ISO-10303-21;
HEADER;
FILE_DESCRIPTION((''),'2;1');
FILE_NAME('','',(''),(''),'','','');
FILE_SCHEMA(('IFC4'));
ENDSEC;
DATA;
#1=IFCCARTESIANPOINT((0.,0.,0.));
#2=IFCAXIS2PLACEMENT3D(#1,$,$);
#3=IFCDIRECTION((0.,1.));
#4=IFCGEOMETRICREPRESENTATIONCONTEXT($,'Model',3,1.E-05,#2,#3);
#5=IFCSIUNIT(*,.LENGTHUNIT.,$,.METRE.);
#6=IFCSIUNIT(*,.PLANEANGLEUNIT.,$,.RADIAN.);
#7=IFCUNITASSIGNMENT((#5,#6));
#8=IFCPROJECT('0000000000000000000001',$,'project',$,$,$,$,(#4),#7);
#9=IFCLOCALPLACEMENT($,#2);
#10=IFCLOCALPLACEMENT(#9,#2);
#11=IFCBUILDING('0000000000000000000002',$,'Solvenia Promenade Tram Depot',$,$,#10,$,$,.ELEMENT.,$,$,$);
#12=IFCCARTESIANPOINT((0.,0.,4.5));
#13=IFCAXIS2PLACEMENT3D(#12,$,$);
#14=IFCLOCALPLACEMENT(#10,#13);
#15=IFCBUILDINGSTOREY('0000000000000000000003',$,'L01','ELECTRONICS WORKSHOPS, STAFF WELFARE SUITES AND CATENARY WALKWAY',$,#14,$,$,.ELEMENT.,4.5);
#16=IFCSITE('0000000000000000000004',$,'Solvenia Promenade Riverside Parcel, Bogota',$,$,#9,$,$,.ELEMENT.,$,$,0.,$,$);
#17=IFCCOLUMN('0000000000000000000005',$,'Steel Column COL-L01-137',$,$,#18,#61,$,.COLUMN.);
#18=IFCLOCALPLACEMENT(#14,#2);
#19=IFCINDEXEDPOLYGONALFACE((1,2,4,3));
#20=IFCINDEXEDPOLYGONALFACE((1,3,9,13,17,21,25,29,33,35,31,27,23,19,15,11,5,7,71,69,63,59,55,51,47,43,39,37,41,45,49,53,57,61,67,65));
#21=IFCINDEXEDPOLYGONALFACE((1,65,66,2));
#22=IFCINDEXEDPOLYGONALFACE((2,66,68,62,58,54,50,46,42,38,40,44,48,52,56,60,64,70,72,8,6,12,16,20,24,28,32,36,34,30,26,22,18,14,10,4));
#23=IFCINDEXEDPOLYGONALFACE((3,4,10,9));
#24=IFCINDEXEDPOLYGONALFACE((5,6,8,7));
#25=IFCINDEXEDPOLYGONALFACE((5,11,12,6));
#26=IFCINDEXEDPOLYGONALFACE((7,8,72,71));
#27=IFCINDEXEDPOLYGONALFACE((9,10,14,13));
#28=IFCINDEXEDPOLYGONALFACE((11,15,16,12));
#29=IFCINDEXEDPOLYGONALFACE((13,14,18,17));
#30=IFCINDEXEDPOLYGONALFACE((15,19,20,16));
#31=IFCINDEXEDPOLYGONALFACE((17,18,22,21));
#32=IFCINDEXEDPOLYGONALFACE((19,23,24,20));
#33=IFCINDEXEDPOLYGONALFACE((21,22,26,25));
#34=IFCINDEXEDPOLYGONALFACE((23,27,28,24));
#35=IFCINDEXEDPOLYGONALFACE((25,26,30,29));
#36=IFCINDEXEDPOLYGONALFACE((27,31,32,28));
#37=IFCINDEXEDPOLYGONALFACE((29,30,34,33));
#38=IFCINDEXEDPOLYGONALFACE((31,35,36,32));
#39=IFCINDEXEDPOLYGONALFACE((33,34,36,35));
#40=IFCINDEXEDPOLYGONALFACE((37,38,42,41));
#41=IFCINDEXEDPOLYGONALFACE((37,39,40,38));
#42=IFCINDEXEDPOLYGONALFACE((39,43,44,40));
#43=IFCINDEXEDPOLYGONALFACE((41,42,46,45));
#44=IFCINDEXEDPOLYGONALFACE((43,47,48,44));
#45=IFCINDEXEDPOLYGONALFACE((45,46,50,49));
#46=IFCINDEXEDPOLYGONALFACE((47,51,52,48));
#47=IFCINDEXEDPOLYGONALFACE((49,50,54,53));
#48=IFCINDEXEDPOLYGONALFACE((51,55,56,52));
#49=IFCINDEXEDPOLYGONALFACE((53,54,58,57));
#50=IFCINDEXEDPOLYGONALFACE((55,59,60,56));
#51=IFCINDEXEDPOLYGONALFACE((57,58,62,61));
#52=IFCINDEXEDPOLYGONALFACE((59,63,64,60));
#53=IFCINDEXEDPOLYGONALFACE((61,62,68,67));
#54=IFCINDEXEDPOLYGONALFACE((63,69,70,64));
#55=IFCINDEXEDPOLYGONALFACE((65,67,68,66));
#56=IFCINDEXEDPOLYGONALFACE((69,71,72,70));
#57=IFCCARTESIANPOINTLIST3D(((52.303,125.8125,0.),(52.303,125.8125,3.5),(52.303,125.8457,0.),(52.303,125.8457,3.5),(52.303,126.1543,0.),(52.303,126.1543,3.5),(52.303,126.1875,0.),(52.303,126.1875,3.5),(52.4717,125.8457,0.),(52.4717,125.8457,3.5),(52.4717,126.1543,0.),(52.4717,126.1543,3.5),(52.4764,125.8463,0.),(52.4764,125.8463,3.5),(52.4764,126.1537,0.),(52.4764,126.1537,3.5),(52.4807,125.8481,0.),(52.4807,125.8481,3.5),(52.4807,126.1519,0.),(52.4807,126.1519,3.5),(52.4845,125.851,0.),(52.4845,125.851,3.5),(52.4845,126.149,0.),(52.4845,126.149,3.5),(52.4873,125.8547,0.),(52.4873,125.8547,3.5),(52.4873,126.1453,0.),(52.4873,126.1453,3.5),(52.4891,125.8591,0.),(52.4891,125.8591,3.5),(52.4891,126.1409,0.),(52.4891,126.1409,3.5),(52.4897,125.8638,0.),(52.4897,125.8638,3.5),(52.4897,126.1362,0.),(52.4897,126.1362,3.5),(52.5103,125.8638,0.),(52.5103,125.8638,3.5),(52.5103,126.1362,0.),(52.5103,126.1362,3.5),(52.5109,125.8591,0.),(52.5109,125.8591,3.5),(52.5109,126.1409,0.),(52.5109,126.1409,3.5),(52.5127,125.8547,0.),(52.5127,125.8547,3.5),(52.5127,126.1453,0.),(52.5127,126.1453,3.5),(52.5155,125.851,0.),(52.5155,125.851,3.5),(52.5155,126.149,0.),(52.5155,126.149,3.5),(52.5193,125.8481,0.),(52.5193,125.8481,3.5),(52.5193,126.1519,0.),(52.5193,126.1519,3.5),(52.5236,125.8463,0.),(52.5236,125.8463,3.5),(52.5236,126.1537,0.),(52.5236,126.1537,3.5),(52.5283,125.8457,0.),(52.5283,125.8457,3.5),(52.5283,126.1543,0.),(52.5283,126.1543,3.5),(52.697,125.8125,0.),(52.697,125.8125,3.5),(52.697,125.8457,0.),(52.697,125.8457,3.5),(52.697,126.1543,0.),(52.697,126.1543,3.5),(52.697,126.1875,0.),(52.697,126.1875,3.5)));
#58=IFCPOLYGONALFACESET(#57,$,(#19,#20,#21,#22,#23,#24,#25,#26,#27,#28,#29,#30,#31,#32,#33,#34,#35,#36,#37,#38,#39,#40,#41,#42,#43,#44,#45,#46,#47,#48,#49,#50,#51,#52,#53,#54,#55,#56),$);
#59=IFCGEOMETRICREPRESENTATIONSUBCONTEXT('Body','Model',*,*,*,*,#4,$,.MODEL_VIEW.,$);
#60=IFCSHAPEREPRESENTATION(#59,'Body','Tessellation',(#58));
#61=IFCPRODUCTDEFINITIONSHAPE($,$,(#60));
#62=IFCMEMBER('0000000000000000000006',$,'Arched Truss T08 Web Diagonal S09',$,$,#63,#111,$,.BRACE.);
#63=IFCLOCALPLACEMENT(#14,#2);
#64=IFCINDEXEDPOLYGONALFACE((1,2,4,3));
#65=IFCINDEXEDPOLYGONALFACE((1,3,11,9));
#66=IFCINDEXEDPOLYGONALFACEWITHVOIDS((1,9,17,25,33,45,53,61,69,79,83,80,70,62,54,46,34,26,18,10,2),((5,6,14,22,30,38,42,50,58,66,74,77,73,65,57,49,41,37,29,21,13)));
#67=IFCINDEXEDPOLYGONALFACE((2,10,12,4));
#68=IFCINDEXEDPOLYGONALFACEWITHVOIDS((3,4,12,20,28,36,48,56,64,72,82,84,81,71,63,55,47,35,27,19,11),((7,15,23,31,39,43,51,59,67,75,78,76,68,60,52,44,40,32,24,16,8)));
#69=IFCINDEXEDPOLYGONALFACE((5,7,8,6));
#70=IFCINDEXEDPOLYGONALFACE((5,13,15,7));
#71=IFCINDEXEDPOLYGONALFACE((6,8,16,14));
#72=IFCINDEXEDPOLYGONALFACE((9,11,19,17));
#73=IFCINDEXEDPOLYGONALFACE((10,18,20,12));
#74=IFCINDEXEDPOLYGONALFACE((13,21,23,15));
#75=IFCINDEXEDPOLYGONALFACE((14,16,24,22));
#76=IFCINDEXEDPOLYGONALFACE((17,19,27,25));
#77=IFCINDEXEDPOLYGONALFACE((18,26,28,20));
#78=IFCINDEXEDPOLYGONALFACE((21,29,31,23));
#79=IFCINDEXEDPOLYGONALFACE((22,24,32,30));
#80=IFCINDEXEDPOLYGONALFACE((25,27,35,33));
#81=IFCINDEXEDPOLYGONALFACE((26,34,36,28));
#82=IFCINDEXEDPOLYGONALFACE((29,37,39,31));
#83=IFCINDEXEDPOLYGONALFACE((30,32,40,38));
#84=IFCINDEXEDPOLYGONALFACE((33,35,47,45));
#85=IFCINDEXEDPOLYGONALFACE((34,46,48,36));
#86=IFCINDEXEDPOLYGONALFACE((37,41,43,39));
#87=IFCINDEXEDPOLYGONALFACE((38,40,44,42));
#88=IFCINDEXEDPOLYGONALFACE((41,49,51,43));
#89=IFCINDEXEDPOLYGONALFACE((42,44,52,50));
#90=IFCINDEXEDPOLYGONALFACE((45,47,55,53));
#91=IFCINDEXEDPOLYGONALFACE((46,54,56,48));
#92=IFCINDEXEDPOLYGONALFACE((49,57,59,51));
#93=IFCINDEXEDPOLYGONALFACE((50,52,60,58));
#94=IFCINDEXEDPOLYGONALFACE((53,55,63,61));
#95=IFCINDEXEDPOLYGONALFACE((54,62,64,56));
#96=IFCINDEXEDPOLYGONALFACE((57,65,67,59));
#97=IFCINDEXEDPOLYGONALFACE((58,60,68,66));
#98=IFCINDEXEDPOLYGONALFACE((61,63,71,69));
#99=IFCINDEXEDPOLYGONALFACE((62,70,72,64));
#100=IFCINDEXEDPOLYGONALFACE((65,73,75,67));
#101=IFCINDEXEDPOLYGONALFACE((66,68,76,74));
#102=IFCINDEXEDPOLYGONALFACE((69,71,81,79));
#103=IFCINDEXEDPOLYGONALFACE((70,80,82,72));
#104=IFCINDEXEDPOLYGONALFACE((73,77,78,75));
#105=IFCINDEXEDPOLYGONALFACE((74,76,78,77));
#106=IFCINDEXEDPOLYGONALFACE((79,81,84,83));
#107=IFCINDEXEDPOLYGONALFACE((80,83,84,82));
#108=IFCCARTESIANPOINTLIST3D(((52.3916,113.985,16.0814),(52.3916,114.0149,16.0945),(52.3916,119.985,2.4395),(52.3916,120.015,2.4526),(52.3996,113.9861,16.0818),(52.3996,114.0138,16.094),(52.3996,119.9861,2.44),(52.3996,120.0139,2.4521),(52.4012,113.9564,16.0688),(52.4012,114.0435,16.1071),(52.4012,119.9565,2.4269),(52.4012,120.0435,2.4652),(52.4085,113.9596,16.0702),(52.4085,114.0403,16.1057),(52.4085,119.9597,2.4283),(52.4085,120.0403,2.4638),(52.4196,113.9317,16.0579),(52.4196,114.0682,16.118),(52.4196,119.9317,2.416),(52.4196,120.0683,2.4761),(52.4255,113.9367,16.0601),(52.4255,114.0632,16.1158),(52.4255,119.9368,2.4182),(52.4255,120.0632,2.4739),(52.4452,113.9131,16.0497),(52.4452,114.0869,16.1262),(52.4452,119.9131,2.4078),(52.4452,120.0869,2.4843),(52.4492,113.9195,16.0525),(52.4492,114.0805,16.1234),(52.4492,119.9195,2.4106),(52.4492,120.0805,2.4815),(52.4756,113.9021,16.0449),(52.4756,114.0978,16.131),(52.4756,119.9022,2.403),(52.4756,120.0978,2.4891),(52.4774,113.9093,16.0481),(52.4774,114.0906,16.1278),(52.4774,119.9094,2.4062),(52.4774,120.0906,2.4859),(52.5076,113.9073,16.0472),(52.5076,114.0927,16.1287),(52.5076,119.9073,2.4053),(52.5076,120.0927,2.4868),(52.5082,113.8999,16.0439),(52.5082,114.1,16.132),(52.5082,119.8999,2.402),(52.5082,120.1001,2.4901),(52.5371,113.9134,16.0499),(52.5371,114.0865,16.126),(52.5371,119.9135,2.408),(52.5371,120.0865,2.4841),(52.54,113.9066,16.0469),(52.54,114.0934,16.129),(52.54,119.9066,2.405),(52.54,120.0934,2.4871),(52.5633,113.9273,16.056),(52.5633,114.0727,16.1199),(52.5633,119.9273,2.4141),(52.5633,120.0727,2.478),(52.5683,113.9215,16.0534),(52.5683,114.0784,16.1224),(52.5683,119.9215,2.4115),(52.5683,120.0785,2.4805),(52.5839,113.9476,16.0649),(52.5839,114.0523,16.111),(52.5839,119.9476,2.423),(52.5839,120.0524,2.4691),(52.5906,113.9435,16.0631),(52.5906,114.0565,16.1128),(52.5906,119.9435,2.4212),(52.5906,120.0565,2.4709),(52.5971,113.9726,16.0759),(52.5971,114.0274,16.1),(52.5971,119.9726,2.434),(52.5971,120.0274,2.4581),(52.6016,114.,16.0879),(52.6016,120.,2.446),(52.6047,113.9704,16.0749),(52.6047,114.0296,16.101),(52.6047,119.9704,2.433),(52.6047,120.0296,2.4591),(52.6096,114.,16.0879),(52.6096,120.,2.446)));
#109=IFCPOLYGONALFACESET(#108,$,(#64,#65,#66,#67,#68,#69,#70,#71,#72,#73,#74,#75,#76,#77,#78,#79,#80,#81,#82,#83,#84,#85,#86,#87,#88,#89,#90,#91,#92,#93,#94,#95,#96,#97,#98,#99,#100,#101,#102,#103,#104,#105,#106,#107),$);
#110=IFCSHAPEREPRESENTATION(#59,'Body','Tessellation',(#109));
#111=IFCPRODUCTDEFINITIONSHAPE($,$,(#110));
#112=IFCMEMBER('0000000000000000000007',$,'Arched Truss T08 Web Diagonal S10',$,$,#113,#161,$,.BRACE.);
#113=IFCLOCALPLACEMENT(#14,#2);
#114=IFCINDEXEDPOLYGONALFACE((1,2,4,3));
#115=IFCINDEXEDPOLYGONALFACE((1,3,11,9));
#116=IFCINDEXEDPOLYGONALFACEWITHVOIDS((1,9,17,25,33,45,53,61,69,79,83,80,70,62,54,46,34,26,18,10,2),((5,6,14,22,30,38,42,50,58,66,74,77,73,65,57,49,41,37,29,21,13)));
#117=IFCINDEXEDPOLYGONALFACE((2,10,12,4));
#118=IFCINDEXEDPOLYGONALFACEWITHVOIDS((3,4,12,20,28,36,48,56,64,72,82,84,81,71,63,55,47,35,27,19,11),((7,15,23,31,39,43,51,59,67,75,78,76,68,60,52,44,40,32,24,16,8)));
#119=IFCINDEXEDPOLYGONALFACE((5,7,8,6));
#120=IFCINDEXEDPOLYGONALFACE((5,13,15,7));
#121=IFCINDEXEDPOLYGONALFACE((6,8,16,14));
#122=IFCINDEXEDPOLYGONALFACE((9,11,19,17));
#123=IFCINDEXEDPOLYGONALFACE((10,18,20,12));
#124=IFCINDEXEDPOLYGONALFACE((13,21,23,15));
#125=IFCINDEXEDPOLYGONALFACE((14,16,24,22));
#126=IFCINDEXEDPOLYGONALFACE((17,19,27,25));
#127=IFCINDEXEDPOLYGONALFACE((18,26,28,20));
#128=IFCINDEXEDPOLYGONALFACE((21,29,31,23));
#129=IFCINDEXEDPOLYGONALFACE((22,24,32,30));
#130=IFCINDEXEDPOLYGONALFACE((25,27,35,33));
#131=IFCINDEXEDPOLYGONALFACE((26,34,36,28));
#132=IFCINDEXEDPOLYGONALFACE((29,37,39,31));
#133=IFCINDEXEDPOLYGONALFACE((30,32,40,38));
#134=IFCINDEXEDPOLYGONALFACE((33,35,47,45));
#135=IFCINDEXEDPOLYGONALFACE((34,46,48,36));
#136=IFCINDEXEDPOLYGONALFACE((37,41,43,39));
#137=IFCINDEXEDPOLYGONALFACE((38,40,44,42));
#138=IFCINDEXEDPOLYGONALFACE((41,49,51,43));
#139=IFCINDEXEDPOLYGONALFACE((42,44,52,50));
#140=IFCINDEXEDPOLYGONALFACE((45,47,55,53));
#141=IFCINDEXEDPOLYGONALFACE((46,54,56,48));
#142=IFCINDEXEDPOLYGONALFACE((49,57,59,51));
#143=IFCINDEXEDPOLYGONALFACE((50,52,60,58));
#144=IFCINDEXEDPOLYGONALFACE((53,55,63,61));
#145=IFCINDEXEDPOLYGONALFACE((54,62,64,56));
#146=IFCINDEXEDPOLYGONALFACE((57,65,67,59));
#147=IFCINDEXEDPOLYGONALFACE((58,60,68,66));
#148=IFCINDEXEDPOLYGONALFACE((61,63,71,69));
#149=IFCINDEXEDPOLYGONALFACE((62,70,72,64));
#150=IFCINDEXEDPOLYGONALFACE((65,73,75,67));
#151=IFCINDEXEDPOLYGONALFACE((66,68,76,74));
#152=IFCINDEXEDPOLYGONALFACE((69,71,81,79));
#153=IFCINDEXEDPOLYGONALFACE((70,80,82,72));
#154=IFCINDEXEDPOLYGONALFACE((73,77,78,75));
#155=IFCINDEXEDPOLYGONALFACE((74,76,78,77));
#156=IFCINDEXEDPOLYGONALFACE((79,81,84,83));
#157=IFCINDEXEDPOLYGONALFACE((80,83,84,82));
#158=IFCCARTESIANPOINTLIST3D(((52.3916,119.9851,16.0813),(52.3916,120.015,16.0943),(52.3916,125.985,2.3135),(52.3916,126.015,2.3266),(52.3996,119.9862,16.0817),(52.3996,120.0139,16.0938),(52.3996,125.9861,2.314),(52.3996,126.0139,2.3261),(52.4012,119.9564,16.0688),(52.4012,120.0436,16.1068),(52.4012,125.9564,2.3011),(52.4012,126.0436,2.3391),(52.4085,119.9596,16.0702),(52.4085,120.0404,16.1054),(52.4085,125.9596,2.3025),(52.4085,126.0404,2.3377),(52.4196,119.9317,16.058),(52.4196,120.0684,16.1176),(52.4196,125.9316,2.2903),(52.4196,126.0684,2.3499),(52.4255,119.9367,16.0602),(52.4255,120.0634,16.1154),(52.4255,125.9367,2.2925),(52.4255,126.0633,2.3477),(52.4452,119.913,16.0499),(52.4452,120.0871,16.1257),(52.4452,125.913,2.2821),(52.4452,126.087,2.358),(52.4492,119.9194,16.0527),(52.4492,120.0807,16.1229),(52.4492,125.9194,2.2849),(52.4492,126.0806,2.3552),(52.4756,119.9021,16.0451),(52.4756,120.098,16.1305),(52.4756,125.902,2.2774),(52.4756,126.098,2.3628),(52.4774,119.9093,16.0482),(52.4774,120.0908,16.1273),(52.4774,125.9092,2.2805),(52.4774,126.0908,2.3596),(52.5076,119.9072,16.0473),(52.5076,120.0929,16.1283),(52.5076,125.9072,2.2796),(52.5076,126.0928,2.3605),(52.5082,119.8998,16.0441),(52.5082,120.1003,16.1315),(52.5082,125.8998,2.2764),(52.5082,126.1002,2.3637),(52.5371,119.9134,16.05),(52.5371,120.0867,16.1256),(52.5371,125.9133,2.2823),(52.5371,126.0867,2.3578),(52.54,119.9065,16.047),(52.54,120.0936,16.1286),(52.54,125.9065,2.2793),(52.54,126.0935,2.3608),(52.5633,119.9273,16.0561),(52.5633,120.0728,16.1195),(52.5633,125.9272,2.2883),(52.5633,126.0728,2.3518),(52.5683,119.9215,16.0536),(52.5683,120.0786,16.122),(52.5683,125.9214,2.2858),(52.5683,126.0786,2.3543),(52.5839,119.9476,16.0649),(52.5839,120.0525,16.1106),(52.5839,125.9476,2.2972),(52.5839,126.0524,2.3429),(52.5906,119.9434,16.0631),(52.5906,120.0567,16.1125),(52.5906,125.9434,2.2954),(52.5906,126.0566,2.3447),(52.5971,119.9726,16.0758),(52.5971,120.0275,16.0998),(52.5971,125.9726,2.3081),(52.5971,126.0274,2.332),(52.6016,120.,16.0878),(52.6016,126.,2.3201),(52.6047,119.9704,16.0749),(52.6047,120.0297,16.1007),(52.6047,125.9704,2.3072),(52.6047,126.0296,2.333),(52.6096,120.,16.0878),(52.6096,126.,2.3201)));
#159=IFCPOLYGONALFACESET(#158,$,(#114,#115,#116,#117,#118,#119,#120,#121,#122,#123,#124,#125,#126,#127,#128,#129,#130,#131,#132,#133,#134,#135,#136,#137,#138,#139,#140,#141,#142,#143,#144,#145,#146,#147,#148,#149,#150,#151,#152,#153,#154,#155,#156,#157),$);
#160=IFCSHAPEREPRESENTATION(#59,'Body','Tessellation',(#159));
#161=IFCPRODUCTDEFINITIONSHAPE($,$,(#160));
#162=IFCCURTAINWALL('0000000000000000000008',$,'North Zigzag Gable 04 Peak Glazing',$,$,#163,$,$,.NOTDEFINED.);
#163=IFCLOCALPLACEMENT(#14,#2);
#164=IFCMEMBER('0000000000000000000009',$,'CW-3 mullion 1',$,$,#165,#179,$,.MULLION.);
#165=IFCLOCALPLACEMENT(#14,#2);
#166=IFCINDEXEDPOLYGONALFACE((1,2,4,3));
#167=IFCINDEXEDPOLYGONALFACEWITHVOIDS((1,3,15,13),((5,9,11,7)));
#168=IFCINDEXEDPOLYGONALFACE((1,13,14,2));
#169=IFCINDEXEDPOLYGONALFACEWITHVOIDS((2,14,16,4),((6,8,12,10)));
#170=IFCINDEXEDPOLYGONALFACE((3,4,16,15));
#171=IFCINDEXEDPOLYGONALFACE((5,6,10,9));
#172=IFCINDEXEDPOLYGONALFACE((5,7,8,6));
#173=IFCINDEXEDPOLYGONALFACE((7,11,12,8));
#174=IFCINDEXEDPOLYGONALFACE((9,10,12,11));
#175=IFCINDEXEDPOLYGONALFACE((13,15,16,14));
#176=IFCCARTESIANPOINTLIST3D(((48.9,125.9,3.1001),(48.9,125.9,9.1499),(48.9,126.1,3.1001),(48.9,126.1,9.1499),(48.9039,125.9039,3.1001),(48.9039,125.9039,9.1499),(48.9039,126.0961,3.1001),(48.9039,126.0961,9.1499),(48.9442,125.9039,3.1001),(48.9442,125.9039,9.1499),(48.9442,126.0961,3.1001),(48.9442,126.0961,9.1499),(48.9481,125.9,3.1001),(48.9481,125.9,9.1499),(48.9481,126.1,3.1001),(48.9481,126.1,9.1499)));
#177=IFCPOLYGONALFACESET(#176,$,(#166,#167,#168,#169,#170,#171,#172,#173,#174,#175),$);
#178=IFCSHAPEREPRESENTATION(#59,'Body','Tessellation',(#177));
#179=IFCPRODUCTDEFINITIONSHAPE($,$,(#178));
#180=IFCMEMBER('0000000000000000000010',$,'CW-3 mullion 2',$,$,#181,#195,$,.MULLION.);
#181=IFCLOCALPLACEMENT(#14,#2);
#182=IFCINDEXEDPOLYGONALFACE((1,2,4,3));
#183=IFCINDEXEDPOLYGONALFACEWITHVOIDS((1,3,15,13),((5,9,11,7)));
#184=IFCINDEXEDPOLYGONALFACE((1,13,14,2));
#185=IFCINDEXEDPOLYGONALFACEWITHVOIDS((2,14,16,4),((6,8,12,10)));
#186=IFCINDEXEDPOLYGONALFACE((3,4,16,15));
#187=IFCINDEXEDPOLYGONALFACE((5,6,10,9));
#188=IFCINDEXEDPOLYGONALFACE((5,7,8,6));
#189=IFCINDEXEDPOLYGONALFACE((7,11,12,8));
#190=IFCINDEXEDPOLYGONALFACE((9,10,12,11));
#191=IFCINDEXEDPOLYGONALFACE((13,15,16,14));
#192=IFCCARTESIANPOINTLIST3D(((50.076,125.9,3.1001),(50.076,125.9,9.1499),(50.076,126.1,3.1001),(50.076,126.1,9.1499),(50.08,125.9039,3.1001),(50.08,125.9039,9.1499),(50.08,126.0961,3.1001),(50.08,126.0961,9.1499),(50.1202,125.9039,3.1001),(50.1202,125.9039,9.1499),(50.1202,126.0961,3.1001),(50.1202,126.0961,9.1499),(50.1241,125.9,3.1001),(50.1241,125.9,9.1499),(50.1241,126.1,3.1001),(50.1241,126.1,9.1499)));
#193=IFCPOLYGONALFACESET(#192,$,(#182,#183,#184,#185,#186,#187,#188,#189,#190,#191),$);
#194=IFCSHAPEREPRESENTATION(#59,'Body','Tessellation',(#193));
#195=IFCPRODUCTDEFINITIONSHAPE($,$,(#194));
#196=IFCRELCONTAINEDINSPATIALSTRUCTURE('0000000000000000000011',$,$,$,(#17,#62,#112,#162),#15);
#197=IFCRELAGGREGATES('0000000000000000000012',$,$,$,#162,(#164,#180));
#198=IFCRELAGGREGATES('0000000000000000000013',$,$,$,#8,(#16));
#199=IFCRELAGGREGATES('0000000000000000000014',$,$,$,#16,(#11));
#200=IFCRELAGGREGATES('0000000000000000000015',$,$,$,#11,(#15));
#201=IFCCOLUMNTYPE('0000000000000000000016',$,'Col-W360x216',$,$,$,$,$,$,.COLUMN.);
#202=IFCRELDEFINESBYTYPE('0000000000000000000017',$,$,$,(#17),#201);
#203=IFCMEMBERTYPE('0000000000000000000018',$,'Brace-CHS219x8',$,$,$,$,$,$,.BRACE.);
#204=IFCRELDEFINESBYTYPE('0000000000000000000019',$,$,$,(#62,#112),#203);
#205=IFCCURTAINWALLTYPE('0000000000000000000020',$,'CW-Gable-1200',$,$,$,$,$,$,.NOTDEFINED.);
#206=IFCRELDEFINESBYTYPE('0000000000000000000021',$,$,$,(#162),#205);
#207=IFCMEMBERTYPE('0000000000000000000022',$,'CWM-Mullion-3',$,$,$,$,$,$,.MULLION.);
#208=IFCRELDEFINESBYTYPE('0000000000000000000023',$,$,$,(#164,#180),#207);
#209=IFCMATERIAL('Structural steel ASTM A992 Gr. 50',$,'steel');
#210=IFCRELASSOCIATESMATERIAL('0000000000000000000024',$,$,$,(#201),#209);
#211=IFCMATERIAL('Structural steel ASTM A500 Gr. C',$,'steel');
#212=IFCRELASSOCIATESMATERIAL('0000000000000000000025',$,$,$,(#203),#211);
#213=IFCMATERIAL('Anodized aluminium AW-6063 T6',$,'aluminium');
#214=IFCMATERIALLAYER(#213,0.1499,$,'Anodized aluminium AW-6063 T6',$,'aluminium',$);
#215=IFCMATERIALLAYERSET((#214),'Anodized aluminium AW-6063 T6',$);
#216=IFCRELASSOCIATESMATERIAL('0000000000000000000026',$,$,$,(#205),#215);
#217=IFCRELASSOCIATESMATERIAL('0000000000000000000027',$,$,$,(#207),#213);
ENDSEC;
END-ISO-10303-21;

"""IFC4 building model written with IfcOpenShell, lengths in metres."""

from ifc_helpers import new_model, si_unit, direction, frame, origin, origin_2d, place, context, subcontext, project, spatial, hollow_rectangle, hollow_circle, i_section, extrude, material, layer, layer_set, material_profile, profile_set, type_object, element, aggregate, save


model = new_model("IFC4")

# Units and contexts
model_context = context("Model", 3, precision=1e-05, world=origin(), true_north=direction((0.0, 1.0)))
body_context = subcontext(model_context, "Body", "Model", "MODEL_VIEW")
ifc_project = project(units=[si_unit("LENGTHUNIT", "METRE"), si_unit("PLANEANGLEUNIT", "RADIAN")], contexts=[model_context])

# Site, building, storey
site_placement = place(None, origin())
site = spatial("IfcSite", under=ifc_project, at=site_placement, Name="Solvenia Promenade Riverside Parcel, Bogota", CompositionType="ELEMENT", RefElevation=0.0)
building_placement = place(site_placement, origin())
building = spatial("IfcBuilding", under=site, at=building_placement, Name="Solvenia Promenade Tram Depot", CompositionType="ELEMENT")
storey_placement = place(building_placement, frame((0.0, 0.0, 4.5)))
storey = spatial("IfcBuildingStorey", under=building, at=storey_placement, Name="L01", Description="ELECTRONICS WORKSHOPS, STAFF WELFARE SUITES AND CATENARY WALKWAY", CompositionType="ELEMENT", Elevation=4.5)

# Column
ifc_material_1 = material(Name="Structural steel ASTM A992 Gr. 50", Category="steel")
ifc_material_profile_1 = material_profile(ifc_material_1, i_section(OverallWidth=0.394, OverallDepth=0.375, WebThickness=0.0205, FlangeThickness=0.0332, FilletRadius=0.0181, at=origin_2d()), Name="W360x216", Category="steel")
ifc_profile_set_1 = profile_set([ifc_material_profile_1], Name="Structural steel ASTM A992 Gr. 50")
column_type = type_object("IfcColumnType", Name="Col-W360x216", PredefinedType="COLUMN", material=ifc_profile_set_1)
column_placement = place(storey_placement, frame((52.5, 126.0, 0.0), z_axis=(0.0, 0.0, 1.0), x_axis=(1.0, 0.0, 0.0)))
element("IfcColumn", 1, at=column_placement, inside=storey, type_object=column_type, Name="Steel Column COL-L01-137", PredefinedType="COLUMN", context=body_context, shape_type="SweptSolid", body=[
    extrude(i_section(OverallWidth=0.394, OverallDepth=0.375, WebThickness=0.0205, FlangeThickness=0.0332, FilletRadius=0.0181, at=origin_2d()), origin(), (0.0, 0.0, 1.0), 3.5),
])

# Members
ifc_material_2 = material(Name="Structural steel ASTM A500 Gr. C", Category="steel")
ifc_material_profile_2 = material_profile(ifc_material_2, hollow_circle(Radius=0.1096, WallThickness=0.0081, at=origin_2d()), Name="CHS219.1x8", Category="steel")
ifc_profile_set_2 = profile_set([ifc_material_profile_2], Name="Structural steel ASTM A500 Gr. C")
member_type_1 = type_object("IfcMemberType", Name="Brace-CHS219x8", PredefinedType="BRACE", material=ifc_profile_set_2)
member_1_placement = place(storey_placement, frame((52.5, 120.0, 2.446), z_axis=(0.0, -0.402603, 0.915375), x_axis=(1.0, 0.0, 0.0)))
element("IfcMember", 2, at=member_1_placement, inside=storey, type_object=member_type_1, Name="Arched Truss T08 Web Diagonal S09", PredefinedType="BRACE", context=body_context, shape_type="SweptSolid", body=[
    extrude(hollow_circle(Radius=0.1096, WallThickness=0.0081, at=origin_2d()), origin(), (0.0, 0.0, 1.0), 14.9031),
])
member_2_placement = place(storey_placement, frame((52.5, 126.0, 2.3201), z_axis=(0.0, -0.399509, 0.916729), x_axis=(1.0, 0.0, 0.0)))
element("IfcMember", 3, at=member_2_placement, inside=storey, type_object=member_type_1, Name="Arched Truss T08 Web Diagonal S10", PredefinedType="BRACE", context=body_context, shape_type="SweptSolid", body=[
    extrude(hollow_circle(Radius=0.1096, WallThickness=0.0081, at=origin_2d()), origin(), (0.0, 0.0, 1.0), 15.0183),
])

# Curtain wall, members
ifc_material_3 = material(Name="Anodized aluminium AW-6063 T6", Category="aluminium")
ifc_layer_1 = layer(ifc_material_3, 0.1499, Name="Anodized aluminium AW-6063 T6", Category="aluminium")
ifc_layer_set_1 = layer_set([ifc_layer_1], Name="Anodized aluminium AW-6063 T6")
curtain_wall_type = type_object("IfcCurtainWallType", Name="CW-Gable-1200", PredefinedType="NOTDEFINED", material=ifc_layer_set_1)
curtain_wall_placement = place(storey_placement, origin())
curtain_wall = element("IfcCurtainWall", 4, at=curtain_wall_placement, inside=storey, type_object=curtain_wall_type, Name="North Zigzag Gable 04 Peak Glazing", PredefinedType="NOTDEFINED")
ifc_material_profile_3 = material_profile(ifc_material_3, hollow_rectangle(XDim=0.2, YDim=0.0481, WallThickness=0.0039, at=origin_2d()), Name="ALU-M3", Category="aluminium")
ifc_profile_set_3 = profile_set([ifc_material_profile_3], Name="Anodized aluminium AW-6063 T6")
member_type_2 = type_object("IfcMemberType", Name="CWM-Mullion-3", PredefinedType="MULLION", material=ifc_profile_set_3)
member_3_placement = place(storey_placement, frame((48.9241, 126.0, 3.1001), z_axis=(0.0, 0.0, 1.0), x_axis=(0.0, 1.0, 0.0)))
member_3 = element("IfcMember", 5, at=member_3_placement, type_object=member_type_2, Name="CW-3 mullion 1", PredefinedType="MULLION", context=body_context, shape_type="SweptSolid", body=[
    extrude(hollow_rectangle(XDim=0.2, YDim=0.0481, WallThickness=0.0039, at=origin_2d()), origin(), (0.0, 0.0, 1.0), 6.0498),
])
member_4_placement = place(storey_placement, frame((50.1001, 126.0, 3.1001), z_axis=(0.0, 0.0, 1.0), x_axis=(0.0, 1.0, 0.0)))
member_4 = element("IfcMember", 6, at=member_4_placement, type_object=member_type_2, Name="CW-3 mullion 2", PredefinedType="MULLION", context=body_context, shape_type="SweptSolid", body=[
    extrude(hollow_rectangle(XDim=0.2, YDim=0.0481, WallThickness=0.0039, at=origin_2d()), origin(), (0.0, 0.0, 1.0), 6.0498),
])

aggregate(curtain_wall, [member_3, member_4])

save(model, "model.ifc")
